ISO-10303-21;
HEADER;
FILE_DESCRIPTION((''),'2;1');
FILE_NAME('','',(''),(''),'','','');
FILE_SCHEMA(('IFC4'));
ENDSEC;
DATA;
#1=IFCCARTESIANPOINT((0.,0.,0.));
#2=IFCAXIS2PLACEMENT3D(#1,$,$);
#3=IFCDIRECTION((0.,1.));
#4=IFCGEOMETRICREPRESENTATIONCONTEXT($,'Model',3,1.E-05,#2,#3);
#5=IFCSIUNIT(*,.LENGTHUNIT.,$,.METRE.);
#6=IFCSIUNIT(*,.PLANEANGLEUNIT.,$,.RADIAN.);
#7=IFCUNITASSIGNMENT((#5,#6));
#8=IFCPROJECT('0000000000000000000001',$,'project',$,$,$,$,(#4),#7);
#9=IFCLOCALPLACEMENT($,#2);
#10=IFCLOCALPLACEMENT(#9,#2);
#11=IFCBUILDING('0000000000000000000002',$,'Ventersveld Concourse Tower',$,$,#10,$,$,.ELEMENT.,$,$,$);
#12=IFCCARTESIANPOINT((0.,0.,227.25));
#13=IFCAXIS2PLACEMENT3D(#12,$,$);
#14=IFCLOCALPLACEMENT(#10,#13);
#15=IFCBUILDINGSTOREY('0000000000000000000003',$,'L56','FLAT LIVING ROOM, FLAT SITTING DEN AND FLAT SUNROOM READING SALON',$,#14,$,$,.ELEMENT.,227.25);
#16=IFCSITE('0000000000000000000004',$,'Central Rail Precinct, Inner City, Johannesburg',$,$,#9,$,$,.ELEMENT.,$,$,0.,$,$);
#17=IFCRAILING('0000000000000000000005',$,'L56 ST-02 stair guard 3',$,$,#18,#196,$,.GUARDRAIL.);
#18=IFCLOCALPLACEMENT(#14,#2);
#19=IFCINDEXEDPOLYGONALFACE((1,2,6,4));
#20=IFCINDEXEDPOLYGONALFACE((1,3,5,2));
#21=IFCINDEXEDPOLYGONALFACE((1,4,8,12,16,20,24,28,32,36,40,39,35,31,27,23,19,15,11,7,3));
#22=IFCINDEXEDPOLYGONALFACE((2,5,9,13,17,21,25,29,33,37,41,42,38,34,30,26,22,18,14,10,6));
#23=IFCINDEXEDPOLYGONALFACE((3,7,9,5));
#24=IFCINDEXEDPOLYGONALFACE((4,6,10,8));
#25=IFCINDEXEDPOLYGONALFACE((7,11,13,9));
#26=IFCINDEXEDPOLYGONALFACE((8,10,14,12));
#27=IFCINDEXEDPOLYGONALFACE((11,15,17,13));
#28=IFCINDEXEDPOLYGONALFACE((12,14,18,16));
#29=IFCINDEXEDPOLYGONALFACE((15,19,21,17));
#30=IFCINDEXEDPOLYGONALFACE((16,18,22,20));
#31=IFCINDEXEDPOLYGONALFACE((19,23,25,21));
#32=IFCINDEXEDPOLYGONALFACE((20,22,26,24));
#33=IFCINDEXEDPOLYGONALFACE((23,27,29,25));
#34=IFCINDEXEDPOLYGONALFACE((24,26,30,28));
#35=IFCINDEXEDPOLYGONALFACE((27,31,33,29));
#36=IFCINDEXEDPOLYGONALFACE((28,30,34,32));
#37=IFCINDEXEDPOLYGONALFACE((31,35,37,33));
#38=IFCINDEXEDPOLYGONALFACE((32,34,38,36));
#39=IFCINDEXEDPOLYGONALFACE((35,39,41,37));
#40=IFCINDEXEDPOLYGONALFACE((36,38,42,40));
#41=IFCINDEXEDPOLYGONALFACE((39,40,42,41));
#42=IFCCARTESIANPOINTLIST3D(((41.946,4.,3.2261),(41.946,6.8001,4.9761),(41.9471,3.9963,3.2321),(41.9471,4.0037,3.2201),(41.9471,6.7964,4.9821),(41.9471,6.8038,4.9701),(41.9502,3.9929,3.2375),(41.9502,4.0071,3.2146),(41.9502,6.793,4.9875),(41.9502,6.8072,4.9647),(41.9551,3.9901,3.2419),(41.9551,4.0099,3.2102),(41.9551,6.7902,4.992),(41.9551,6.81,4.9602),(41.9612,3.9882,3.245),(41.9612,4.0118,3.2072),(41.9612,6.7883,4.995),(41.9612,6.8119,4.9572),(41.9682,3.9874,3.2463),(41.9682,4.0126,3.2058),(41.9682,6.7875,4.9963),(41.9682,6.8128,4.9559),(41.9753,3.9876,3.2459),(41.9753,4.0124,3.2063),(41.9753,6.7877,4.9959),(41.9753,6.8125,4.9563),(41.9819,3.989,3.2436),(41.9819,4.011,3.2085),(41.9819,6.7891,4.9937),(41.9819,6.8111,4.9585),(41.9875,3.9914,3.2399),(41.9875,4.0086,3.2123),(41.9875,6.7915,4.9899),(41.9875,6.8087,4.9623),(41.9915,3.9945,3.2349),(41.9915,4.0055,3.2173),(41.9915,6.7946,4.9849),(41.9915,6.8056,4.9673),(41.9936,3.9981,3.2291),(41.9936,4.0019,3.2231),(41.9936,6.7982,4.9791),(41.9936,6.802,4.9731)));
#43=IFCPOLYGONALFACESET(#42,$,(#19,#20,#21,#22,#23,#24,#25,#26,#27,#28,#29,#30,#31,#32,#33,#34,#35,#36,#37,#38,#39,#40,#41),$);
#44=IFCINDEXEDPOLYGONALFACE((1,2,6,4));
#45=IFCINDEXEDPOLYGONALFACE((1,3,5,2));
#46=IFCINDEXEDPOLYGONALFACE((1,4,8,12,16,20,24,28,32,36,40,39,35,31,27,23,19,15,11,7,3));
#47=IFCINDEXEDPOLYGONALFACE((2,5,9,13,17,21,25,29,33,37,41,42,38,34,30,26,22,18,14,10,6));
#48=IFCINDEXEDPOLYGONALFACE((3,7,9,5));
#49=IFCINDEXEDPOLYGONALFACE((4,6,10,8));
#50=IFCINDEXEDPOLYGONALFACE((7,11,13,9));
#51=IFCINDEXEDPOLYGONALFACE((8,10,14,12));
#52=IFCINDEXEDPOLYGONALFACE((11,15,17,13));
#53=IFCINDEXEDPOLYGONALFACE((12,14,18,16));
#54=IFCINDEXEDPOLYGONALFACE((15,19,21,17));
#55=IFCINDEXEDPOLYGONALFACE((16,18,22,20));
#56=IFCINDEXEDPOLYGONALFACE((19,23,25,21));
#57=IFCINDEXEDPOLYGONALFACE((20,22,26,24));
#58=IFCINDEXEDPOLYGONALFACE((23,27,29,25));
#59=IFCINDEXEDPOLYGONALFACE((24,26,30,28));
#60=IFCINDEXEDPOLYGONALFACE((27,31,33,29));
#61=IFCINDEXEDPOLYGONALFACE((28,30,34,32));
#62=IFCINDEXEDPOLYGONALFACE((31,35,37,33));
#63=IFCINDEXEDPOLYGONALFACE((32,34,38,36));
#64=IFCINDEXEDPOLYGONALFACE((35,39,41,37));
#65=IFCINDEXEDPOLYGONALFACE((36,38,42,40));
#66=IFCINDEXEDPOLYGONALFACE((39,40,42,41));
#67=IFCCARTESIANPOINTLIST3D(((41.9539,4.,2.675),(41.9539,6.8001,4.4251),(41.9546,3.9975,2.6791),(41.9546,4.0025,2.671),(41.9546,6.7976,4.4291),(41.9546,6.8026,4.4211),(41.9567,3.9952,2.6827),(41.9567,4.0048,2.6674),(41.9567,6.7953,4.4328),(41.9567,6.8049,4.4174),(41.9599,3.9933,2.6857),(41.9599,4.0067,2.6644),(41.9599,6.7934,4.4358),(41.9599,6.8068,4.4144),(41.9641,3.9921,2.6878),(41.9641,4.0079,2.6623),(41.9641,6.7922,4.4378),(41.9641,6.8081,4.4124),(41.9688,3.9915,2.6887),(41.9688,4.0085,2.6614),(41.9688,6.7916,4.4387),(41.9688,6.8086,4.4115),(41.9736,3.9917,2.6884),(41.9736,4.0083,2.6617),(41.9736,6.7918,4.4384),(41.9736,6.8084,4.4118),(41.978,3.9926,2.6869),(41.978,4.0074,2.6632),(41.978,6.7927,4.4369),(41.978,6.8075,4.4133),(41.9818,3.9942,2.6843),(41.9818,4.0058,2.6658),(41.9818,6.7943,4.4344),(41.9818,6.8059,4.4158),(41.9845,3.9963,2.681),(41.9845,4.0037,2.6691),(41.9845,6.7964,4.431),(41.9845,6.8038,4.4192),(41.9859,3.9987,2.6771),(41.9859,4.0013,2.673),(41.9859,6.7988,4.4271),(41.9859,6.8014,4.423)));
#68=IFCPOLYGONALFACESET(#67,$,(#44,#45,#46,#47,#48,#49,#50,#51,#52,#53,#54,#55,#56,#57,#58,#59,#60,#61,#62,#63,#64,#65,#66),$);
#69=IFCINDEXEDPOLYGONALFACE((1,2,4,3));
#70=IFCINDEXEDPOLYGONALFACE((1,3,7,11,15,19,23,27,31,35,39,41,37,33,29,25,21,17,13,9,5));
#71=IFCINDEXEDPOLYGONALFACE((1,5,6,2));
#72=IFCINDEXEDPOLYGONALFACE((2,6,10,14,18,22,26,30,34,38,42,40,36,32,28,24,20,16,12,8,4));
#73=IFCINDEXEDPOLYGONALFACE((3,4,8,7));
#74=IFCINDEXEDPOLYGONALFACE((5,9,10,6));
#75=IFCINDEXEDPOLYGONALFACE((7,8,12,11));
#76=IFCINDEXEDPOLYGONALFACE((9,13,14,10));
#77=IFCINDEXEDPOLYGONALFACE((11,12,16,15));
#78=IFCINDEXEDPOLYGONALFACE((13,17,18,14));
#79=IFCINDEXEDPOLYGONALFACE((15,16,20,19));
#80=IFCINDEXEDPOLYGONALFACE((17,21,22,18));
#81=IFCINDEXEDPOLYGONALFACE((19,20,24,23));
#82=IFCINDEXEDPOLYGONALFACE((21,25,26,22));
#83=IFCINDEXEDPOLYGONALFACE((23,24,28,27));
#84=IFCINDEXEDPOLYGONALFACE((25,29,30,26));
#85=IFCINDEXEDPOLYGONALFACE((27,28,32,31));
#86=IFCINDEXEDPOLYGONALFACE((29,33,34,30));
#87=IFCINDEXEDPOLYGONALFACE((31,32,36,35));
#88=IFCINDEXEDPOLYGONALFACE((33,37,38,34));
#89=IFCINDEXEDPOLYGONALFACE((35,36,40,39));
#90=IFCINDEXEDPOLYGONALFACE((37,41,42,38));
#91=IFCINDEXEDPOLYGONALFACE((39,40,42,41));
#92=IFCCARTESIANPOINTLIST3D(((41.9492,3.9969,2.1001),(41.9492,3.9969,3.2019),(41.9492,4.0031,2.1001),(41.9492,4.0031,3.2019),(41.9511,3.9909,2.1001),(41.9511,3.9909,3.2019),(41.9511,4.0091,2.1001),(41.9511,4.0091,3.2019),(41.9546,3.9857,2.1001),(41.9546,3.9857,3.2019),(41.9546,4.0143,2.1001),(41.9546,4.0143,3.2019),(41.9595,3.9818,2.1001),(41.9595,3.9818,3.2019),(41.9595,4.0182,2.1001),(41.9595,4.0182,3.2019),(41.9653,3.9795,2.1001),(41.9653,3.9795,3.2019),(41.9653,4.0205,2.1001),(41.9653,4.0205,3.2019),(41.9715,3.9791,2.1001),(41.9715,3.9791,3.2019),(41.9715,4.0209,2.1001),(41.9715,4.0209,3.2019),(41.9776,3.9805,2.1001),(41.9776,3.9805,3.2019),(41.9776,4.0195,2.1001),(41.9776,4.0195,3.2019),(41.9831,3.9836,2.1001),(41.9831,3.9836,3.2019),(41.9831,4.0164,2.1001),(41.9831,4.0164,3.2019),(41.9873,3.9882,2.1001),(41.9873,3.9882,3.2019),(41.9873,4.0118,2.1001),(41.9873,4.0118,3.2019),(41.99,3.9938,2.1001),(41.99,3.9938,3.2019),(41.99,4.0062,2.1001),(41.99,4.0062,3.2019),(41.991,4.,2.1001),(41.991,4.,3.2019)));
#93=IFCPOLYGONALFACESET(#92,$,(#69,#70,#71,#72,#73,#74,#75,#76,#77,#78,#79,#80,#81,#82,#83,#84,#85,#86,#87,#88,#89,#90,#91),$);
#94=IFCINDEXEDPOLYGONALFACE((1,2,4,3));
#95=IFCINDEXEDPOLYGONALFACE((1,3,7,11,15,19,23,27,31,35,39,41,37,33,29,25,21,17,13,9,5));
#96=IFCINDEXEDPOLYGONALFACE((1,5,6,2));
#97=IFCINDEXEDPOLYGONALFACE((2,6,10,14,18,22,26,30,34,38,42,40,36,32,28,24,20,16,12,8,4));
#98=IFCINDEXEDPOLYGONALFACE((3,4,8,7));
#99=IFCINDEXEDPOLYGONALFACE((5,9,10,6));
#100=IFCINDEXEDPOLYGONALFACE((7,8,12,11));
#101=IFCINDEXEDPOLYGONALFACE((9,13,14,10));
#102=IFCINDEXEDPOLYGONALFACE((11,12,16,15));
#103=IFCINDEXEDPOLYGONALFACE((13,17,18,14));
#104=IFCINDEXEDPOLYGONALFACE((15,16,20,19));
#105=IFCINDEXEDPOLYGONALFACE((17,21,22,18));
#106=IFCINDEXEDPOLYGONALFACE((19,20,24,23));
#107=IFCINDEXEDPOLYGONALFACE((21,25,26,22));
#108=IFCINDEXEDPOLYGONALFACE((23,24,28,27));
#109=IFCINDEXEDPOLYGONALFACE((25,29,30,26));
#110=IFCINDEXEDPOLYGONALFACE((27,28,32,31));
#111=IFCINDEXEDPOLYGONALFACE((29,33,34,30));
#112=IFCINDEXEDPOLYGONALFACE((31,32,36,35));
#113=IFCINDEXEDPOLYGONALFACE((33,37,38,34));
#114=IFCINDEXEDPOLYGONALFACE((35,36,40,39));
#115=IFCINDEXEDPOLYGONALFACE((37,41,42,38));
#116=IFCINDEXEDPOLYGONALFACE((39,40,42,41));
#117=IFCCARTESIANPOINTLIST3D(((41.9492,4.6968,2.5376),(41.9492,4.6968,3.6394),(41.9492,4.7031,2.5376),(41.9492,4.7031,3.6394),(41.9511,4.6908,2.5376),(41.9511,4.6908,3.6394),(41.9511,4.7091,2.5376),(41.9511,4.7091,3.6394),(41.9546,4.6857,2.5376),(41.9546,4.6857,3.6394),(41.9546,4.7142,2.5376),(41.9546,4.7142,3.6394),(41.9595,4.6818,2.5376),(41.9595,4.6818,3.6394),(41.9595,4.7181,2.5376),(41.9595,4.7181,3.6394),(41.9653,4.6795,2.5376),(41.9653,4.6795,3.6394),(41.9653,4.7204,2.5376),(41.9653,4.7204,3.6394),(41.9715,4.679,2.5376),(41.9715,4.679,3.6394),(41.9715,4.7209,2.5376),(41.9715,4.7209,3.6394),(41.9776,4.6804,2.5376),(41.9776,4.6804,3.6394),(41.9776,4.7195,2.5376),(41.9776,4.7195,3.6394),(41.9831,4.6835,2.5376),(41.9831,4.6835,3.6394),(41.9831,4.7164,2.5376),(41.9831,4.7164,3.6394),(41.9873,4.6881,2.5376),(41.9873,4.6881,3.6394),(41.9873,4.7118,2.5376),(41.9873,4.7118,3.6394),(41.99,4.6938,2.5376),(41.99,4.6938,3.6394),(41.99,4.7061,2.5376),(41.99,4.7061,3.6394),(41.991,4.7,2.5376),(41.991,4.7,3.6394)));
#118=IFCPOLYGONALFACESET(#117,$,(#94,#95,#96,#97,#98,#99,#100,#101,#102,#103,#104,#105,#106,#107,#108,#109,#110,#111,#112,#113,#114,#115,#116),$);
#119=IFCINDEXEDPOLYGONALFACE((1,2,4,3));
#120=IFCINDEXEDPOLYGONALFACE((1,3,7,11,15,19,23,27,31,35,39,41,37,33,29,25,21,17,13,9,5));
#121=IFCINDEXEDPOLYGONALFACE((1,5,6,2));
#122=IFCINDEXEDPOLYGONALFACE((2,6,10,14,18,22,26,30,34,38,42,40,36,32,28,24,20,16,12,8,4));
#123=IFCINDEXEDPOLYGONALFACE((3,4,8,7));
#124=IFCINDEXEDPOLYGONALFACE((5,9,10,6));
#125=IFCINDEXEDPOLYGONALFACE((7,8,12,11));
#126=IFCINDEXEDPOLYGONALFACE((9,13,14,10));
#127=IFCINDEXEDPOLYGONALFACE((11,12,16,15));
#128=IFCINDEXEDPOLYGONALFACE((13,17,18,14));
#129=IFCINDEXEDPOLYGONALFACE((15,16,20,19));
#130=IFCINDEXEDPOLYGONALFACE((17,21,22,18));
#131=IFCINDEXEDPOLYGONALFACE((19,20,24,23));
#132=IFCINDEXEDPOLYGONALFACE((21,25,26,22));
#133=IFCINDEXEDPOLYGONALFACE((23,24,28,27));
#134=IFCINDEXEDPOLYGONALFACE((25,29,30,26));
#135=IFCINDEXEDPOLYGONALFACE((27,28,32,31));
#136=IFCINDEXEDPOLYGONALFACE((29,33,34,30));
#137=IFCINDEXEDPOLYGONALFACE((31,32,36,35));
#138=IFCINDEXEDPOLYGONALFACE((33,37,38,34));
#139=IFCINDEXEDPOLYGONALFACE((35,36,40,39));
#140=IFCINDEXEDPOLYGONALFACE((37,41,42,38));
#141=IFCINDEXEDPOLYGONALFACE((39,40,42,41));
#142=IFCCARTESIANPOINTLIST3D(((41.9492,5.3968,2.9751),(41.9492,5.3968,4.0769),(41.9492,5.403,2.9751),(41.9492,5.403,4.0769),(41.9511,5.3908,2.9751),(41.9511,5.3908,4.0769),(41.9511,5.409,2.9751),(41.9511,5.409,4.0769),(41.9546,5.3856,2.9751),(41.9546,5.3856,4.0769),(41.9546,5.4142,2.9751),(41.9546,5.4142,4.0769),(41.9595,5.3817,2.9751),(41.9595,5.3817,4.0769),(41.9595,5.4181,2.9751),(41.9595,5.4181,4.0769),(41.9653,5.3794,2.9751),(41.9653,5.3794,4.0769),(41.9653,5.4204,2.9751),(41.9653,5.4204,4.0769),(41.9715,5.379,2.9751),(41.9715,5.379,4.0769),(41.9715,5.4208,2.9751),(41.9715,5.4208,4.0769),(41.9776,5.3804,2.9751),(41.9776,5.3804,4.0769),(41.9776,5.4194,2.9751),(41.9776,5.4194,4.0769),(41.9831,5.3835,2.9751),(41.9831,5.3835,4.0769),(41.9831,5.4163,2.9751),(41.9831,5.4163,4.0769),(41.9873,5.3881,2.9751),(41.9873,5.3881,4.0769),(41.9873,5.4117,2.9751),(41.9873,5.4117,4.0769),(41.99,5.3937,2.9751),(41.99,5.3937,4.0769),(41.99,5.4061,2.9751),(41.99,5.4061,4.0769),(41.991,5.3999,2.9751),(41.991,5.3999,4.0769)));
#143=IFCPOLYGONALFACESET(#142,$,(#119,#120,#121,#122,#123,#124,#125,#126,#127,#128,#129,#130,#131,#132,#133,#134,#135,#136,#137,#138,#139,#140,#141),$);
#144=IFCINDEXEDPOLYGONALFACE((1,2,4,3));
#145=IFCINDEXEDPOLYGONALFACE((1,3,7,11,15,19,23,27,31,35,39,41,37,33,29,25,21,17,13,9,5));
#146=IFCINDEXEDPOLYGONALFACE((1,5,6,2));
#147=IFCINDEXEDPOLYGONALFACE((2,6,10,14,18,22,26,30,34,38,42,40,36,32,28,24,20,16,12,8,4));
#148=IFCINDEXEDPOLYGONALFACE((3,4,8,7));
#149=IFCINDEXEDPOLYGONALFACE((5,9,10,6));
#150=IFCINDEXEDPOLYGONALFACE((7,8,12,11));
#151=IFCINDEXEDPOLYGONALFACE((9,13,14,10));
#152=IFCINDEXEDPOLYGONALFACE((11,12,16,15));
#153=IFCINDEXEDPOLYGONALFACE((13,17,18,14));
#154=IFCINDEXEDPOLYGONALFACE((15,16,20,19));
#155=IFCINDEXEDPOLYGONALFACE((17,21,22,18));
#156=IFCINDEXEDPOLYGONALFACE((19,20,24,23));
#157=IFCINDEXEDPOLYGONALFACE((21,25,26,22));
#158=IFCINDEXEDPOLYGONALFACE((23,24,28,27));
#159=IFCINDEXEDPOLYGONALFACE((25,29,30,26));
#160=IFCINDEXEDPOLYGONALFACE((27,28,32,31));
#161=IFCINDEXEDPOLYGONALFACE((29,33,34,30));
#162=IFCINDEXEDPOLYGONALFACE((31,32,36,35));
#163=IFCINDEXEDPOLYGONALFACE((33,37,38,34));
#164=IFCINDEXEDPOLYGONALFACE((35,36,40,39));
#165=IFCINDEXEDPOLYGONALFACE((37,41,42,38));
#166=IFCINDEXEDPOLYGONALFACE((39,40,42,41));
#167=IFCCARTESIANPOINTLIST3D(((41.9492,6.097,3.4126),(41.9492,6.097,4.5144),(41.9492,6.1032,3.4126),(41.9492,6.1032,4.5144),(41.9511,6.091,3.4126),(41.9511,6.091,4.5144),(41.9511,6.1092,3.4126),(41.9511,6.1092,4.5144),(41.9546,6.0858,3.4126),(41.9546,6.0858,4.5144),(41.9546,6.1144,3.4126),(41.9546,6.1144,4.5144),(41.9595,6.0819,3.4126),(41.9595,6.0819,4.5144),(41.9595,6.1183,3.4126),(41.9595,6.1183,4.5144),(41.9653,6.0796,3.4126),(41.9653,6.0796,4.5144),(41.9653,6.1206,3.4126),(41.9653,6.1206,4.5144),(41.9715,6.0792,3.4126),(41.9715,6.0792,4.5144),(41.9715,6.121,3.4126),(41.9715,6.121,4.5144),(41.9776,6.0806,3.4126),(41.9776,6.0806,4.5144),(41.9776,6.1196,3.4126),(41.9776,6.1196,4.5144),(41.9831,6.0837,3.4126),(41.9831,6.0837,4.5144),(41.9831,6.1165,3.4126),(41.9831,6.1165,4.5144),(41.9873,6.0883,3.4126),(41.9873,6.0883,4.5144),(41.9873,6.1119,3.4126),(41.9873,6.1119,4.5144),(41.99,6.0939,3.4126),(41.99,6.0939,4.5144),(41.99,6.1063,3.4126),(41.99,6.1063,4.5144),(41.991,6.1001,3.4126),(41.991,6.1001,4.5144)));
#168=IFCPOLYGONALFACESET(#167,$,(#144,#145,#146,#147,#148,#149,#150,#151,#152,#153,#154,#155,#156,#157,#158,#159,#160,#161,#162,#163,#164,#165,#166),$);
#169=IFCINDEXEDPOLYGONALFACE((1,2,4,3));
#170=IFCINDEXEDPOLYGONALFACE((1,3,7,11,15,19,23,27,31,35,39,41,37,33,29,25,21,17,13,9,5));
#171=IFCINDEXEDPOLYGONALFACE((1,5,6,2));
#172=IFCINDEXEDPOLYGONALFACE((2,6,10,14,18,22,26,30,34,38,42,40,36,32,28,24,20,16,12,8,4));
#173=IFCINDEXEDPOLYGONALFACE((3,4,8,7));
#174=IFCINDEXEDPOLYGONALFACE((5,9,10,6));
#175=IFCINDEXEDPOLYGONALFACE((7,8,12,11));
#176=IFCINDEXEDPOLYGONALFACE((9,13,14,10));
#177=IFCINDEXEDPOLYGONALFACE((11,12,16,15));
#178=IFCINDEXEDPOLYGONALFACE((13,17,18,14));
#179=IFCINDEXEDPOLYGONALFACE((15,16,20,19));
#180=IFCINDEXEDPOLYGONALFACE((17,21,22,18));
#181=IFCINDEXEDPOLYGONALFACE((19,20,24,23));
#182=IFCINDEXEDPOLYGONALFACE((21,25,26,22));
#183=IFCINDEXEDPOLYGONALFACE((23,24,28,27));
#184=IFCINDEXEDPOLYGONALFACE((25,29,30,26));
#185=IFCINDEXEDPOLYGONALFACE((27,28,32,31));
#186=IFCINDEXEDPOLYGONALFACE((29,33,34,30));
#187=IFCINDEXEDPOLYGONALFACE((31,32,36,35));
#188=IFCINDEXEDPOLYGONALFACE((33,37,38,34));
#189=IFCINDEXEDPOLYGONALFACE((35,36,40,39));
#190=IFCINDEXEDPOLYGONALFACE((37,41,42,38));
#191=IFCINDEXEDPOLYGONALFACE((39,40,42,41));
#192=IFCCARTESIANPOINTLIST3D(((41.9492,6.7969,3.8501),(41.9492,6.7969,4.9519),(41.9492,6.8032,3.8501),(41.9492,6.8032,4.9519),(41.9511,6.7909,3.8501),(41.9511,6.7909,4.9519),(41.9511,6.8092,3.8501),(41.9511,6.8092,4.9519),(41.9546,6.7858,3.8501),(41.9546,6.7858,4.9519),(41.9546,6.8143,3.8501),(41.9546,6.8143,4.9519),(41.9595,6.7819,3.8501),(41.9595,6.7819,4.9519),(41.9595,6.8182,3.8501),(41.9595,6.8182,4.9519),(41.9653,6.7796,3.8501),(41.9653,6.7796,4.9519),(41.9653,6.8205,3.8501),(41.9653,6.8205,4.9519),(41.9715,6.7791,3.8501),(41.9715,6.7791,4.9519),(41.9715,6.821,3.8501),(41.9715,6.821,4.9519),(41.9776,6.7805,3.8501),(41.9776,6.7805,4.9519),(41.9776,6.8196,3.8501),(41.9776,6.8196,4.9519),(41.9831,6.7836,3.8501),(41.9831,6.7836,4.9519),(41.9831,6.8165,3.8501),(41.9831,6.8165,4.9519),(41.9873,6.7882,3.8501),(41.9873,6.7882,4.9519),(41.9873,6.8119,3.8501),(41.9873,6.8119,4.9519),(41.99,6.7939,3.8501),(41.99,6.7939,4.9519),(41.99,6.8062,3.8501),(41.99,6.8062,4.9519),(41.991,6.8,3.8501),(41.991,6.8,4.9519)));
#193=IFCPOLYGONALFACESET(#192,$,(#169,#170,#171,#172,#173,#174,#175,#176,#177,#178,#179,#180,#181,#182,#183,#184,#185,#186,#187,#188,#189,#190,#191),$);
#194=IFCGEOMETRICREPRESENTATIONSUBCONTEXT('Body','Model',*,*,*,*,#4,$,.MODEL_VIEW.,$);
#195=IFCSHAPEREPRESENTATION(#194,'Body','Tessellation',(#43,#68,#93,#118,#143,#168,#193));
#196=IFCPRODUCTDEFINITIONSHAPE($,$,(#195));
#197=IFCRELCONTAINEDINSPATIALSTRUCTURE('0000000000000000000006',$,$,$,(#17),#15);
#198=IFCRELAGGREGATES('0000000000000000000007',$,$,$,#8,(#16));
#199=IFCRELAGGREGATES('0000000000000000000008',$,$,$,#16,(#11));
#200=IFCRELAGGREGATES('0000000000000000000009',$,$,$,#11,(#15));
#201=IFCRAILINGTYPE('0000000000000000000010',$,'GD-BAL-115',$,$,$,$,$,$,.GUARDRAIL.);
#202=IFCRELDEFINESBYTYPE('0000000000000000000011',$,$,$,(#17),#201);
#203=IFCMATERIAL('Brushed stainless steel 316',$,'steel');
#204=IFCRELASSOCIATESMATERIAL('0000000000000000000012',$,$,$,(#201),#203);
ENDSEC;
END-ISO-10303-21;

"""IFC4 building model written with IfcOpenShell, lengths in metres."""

from ifc_helpers import new_model, si_unit, direction, frame, origin, origin_2d, place, context, subcontext, project, spatial, circle, extrude, material, type_object, element, save


model = new_model("IFC4")

# Units and contexts
model_context = context("Model", 3, precision=1e-05, world=origin(), true_north=direction((0.0, 1.0)))
body_context = subcontext(model_context, "Body", "Model", "MODEL_VIEW")
ifc_project = project(units=[si_unit("LENGTHUNIT", "METRE"), si_unit("PLANEANGLEUNIT", "RADIAN")], contexts=[model_context])

# Site, building, storey
site_placement = place(None, origin())
site = spatial("IfcSite", under=ifc_project, at=site_placement, Name="Central Rail Precinct, Inner City, Johannesburg", CompositionType="ELEMENT", RefElevation=0.0)
building_placement = place(site_placement, origin())
building = spatial("IfcBuilding", under=site, at=building_placement, Name="Ventersveld Concourse Tower", CompositionType="ELEMENT")
storey_placement = place(building_placement, frame((0.0, 0.0, 227.25)))
storey = spatial("IfcBuildingStorey", under=building, at=storey_placement, Name="L56", Description="FLAT LIVING ROOM, FLAT SITTING DEN AND FLAT SUNROOM READING SALON", CompositionType="ELEMENT", Elevation=227.25)

# Railing
ifc_material_1 = material(Name="Brushed stainless steel 316", Category="steel")
railing_type_1 = type_object("IfcRailingType", Name="GD-BAL-115", PredefinedType="GUARDRAIL", material=ifc_material_1)
railing_1_placement = place(storey_placement, frame((41.97, 4.0, 2.1001)))
element("IfcRailing", 1, at=railing_1_placement, inside=storey, type_object=railing_type_1, Name="L56 ST-02 stair guard 3", PredefinedType="GUARDRAIL", context=body_context, shape_type="SweptSolid", body=[
    extrude(circle(Radius=0.0239, at=origin_2d()), frame((0.0, 0.0, 1.126), z_axis=(0.0, 0.848002, 0.529992), x_axis=(-1.0, 0.0, 0.0)), (0.0, 0.0, 1.0), 3.302),
    extrude(circle(Radius=0.0161, at=origin_2d()), frame((0.0, 0.0, 0.575), z_axis=(0.0, 0.848002, 0.529992), x_axis=(-1.0, 0.0, 0.0)), (0.0, 0.0, 1.0), 3.302),
    extrude(circle(Radius=0.021, at=origin_2d()), origin(), (0.0, 0.0, 1.0), 1.1018),
    extrude(circle(Radius=0.021, at=origin_2d()), frame((0.0, 0.7, 0.4375)), (0.0, 0.0, 1.0), 1.1018),
    extrude(circle(Radius=0.021, at=origin_2d()), frame((0.0, 1.3999, 0.875)), (0.0, 0.0, 1.0), 1.1018),
    extrude(circle(Radius=0.021, at=origin_2d()), frame((0.0, 2.1001, 1.3125)), (0.0, 0.0, 1.0), 1.1018),
    extrude(circle(Radius=0.021, at=origin_2d()), frame((0.0, 2.8, 1.75)), (0.0, 0.0, 1.0), 1.1018),
])

save(model, "model.ifc")
